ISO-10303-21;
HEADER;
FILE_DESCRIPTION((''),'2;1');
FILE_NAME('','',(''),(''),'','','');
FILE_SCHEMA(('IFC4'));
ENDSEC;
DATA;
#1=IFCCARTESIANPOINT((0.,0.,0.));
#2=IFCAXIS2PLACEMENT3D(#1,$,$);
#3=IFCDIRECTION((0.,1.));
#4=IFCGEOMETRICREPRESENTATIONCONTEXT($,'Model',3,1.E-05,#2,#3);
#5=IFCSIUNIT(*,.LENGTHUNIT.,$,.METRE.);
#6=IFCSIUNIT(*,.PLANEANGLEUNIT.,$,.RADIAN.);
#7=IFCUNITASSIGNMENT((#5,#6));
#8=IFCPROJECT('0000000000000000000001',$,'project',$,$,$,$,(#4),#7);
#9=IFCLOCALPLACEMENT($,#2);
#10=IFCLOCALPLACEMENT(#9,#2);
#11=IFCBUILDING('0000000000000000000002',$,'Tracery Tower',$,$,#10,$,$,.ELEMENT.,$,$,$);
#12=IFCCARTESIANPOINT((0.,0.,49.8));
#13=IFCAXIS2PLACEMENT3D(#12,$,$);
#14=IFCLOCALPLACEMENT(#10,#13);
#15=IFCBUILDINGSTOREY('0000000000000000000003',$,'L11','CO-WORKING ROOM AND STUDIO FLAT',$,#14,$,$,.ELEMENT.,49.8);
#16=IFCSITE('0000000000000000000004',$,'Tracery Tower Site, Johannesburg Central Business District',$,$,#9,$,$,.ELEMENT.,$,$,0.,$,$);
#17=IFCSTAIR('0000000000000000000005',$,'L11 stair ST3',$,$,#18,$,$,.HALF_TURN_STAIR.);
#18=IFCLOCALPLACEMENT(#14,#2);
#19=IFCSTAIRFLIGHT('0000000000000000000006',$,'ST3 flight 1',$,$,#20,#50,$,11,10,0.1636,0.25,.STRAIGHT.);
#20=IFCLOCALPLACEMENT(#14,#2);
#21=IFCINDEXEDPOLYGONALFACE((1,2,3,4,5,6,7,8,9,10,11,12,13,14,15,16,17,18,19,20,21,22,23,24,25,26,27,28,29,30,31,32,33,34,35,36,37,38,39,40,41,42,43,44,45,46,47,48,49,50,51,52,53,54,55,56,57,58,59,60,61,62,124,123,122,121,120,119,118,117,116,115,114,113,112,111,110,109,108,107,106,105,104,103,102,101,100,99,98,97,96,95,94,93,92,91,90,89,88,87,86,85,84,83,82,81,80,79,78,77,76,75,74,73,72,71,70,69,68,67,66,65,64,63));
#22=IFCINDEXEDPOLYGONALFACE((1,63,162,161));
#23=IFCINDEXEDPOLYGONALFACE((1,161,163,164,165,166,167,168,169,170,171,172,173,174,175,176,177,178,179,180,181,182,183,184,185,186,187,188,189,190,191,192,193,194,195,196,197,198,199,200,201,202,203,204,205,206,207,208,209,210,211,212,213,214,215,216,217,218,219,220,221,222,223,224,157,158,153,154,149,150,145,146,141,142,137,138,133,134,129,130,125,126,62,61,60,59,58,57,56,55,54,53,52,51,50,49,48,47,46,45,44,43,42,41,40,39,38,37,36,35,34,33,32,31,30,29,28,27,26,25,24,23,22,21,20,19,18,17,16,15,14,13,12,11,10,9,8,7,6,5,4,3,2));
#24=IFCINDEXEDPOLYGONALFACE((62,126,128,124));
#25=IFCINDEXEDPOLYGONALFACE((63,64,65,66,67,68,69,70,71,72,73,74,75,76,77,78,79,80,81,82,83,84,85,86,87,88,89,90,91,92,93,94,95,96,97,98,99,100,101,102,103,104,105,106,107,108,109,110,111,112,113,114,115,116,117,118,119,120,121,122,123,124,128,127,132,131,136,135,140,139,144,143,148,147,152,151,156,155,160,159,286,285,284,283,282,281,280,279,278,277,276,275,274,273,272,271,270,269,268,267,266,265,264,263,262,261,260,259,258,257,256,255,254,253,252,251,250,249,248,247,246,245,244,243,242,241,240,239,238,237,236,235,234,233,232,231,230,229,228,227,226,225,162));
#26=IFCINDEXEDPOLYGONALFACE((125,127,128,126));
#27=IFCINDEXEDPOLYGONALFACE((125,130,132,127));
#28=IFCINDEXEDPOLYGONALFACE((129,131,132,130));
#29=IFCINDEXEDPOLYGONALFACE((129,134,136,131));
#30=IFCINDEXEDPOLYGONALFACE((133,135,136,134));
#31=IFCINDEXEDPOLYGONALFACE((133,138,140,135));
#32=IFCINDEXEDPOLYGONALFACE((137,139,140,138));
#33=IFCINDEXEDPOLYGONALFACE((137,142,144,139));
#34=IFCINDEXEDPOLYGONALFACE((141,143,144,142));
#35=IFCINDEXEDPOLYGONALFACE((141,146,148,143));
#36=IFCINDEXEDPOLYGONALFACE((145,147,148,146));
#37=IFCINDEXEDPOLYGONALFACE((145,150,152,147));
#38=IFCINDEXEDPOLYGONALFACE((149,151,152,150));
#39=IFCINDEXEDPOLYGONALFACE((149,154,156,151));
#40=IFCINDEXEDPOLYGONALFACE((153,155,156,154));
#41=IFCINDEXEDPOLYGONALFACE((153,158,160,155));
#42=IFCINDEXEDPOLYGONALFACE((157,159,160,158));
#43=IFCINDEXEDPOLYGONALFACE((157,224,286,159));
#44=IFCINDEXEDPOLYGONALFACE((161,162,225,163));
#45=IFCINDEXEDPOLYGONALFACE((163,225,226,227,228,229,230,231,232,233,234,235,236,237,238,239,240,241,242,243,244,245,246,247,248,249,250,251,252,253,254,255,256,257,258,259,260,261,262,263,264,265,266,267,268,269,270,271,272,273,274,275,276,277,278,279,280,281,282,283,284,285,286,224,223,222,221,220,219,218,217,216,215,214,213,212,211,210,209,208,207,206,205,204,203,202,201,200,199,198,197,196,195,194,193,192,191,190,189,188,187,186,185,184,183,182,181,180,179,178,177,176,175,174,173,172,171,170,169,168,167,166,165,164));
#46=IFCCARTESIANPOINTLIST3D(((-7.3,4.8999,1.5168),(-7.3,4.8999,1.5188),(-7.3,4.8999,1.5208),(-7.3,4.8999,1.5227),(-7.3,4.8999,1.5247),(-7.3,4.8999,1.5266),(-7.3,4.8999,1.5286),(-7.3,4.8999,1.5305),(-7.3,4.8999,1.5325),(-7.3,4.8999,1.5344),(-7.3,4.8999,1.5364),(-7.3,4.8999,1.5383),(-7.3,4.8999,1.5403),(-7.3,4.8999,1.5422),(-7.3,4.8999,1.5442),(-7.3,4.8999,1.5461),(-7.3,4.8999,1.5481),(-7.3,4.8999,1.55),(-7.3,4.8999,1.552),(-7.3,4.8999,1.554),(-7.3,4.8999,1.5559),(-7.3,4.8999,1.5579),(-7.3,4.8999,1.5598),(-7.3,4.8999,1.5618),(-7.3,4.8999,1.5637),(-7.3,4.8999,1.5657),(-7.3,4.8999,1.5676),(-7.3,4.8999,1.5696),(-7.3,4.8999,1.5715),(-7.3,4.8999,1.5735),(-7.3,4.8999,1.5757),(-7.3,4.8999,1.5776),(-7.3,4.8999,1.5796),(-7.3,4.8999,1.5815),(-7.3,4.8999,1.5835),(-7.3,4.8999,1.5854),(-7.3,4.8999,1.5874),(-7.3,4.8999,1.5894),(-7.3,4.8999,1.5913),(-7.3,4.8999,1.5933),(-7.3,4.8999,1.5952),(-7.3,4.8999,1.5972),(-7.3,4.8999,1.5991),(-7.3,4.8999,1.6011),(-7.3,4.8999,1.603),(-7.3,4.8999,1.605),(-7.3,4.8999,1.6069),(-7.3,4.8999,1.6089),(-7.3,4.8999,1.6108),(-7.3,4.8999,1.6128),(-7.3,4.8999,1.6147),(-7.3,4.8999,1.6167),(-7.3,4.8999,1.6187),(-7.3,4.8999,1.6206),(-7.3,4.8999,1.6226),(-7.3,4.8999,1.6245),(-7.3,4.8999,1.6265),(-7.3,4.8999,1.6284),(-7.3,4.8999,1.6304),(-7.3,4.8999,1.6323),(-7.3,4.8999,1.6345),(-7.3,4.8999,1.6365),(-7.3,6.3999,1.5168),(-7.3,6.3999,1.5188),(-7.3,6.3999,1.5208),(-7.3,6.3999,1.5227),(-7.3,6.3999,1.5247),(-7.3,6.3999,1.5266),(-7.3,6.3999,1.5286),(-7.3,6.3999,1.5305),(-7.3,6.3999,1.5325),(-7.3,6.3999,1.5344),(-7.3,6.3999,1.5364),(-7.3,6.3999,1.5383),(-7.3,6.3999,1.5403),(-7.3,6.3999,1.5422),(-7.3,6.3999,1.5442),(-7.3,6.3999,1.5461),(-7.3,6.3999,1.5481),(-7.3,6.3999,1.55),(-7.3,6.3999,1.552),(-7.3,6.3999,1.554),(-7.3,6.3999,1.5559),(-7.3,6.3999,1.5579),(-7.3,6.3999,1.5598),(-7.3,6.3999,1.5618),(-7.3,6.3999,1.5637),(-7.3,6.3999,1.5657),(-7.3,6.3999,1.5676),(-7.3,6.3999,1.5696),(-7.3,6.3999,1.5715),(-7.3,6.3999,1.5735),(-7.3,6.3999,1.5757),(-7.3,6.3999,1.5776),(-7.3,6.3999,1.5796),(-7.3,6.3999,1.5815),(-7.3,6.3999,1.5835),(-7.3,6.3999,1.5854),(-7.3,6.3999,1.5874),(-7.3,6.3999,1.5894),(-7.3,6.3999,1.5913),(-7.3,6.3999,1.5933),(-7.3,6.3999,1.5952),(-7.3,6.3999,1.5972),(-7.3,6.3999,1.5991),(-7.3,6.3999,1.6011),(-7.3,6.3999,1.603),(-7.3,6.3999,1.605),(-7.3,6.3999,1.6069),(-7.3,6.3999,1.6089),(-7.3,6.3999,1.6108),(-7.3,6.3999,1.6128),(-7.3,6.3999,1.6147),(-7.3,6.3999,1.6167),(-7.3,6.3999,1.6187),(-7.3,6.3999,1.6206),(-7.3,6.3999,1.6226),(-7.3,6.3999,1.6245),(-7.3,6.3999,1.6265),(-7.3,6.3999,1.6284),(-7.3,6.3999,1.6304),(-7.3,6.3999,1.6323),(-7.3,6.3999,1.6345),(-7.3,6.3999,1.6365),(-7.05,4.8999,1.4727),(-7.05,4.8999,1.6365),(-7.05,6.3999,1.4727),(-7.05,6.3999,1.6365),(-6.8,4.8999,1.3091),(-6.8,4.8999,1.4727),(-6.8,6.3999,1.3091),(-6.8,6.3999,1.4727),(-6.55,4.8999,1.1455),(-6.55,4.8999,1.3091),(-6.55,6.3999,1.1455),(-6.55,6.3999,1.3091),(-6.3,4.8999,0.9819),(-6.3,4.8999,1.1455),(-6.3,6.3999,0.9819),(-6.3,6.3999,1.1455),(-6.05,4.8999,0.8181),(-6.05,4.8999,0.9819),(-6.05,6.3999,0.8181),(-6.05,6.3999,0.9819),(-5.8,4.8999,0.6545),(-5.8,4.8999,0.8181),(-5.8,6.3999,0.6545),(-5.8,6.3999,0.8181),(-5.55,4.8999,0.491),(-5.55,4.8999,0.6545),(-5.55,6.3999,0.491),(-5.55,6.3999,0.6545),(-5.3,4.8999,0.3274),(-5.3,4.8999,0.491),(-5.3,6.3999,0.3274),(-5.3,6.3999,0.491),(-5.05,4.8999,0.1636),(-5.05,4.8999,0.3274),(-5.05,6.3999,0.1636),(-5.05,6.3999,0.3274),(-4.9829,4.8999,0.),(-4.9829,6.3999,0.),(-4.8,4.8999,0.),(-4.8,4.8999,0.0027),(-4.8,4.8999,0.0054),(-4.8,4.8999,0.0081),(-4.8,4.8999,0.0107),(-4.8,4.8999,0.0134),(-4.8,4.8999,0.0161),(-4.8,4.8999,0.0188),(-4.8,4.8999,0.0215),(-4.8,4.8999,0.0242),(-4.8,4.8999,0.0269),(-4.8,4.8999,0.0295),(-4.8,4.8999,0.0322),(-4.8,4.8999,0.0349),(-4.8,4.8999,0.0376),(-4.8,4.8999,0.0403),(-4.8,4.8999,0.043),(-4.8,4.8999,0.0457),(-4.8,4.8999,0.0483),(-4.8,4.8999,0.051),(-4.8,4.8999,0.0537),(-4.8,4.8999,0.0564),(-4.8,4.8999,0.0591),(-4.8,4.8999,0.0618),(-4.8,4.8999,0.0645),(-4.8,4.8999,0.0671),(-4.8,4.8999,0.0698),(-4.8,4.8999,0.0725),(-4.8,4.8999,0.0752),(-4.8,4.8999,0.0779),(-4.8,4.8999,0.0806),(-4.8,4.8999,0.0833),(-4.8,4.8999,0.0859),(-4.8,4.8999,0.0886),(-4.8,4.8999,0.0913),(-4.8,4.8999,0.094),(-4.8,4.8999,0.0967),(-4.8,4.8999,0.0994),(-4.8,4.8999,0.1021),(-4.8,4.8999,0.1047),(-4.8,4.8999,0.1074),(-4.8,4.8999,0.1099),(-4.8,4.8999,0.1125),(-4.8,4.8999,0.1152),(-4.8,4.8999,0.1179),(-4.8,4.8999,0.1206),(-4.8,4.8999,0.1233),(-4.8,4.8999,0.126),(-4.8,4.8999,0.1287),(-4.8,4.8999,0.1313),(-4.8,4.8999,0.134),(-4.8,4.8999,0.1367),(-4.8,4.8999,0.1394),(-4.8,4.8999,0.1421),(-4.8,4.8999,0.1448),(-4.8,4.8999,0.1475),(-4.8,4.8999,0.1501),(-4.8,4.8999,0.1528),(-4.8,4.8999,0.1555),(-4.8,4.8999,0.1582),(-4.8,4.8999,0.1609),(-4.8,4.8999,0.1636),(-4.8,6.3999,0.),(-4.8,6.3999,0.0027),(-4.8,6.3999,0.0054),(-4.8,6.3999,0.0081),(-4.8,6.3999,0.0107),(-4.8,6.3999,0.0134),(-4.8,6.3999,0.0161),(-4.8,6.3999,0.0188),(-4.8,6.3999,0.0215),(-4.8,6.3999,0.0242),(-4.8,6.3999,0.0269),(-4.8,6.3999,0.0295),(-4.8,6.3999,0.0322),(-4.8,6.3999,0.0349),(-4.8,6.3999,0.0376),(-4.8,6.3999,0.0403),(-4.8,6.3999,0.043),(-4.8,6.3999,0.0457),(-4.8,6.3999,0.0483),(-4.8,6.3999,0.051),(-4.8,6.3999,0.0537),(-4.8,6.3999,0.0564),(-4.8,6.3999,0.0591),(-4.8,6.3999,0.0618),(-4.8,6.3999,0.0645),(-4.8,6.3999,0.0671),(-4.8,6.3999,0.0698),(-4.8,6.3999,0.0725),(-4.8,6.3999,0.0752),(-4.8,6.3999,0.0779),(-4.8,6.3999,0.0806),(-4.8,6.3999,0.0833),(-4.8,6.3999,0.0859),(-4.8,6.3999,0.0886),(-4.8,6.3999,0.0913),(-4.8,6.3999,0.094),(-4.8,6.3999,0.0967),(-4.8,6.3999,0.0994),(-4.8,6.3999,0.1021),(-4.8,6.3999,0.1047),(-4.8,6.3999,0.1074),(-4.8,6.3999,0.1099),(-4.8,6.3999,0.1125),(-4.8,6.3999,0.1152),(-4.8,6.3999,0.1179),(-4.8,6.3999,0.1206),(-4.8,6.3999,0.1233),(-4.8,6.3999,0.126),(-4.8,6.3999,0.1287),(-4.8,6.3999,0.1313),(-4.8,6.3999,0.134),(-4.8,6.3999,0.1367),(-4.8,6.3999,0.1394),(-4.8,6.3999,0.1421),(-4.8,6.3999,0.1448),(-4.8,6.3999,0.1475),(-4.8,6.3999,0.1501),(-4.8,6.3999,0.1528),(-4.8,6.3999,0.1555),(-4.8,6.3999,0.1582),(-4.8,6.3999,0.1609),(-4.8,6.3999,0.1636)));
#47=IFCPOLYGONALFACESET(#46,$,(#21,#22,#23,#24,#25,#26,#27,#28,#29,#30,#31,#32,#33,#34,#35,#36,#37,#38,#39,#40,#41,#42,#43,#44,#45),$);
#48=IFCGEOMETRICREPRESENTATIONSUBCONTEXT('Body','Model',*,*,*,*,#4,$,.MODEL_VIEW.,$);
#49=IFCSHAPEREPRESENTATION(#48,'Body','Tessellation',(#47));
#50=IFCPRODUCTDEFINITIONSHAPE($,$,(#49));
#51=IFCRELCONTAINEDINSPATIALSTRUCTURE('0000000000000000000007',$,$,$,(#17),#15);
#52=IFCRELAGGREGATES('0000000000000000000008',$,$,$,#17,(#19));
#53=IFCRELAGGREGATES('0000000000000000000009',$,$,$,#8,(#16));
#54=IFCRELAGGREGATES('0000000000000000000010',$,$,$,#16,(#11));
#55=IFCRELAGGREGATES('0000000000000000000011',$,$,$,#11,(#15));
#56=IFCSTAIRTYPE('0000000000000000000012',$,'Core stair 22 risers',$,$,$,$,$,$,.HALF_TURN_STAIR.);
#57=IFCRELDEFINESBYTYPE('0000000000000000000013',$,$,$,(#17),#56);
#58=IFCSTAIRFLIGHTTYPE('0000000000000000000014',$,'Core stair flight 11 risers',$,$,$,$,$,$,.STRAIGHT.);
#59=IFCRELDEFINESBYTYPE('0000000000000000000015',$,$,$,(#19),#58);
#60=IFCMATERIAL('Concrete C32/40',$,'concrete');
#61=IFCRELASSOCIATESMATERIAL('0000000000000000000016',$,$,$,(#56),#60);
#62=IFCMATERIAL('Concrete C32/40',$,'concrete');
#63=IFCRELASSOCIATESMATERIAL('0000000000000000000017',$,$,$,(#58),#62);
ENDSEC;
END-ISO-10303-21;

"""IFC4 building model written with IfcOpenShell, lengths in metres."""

from ifc_helpers import new_model, si_unit, direction, frame, origin, place, context, subcontext, project, spatial, polyline, outline, extrude, material, type_object, element, aggregate, save


model = new_model("IFC4")

# Units and contexts
model_context = context("Model", 3, precision=1e-05, world=origin(), true_north=direction((0.0, 1.0)))
body_context = subcontext(model_context, "Body", "Model", "MODEL_VIEW")
ifc_project = project(units=[si_unit("LENGTHUNIT", "METRE"), si_unit("PLANEANGLEUNIT", "RADIAN")], contexts=[model_context])

# Site, building, storey
site_placement = place(None, origin())
site = spatial("IfcSite", under=ifc_project, at=site_placement, Name="Tracery Tower Site, Johannesburg Central Business District", CompositionType="ELEMENT", RefElevation=0.0)
building_placement = place(site_placement, origin())
building = spatial("IfcBuilding", under=site, at=building_placement, Name="Tracery Tower", CompositionType="ELEMENT")
storey_placement = place(building_placement, frame((0.0, 0.0, 49.8)))
storey = spatial("IfcBuildingStorey", under=building, at=storey_placement, Name="L11", Description="CO-WORKING ROOM AND STUDIO FLAT", CompositionType="ELEMENT", Elevation=49.8)

# Stair, stair flight
ifc_material_1 = material(Name="Concrete C32/40", Category="concrete")
stair_type = type_object("IfcStairType", Name="Core stair 22 risers", PredefinedType="HALF_TURN_STAIR", material=ifc_material_1)
stair_placement = place(storey_placement, origin())
stair = element("IfcStair", 1, at=stair_placement, inside=storey, type_object=stair_type, Name="L11 stair ST3", PredefinedType="HALF_TURN_STAIR")
ifc_material_2 = material(Name="Concrete C32/40", Category="concrete")
stair_flight_type = type_object("IfcStairFlightType", Name="Core stair flight 11 risers", PredefinedType="STRAIGHT", material=ifc_material_2)
stair_flight_1_placement = place(storey_placement, frame((-4.8, 5.6499, 0.0), z_axis=(0.0, 0.0, 1.0), x_axis=(-1.0, 0.0, 0.0)))
stair_flight_1 = element("IfcStairFlight", 2, at=stair_flight_1_placement, type_object=stair_flight_type, Name="ST3 flight 1", NumberOfRisers=11, NumberOfTreads=10, PredefinedType="STRAIGHT", RiserHeight=0.1636, TreadLength=0.25, context=body_context, shape_type="SweptSolid", body=[
    extrude(outline(polyline([(0.0, 0.0), (0.0, 0.0027), (0.0, 0.0054), (0.0, 0.0081), (0.0, 0.0107), (0.0, 0.0134), (0.0, 0.0161), (0.0, 0.0188), (0.0, 0.0215), (0.0, 0.0242), (0.0, 0.0269), (0.0, 0.0295), (0.0, 0.0322), (0.0, 0.0349), (0.0, 0.0376), (0.0, 0.0403), (0.0, 0.043), (0.0, 0.0457), (0.0, 0.0483), (0.0, 0.051), (0.0, 0.0537), (0.0, 0.0564), (0.0, 0.0591), (0.0, 0.0618), (0.0, 0.0645), (0.0, 0.0671), (0.0, 0.0698), (0.0, 0.0725), (0.0, 0.0752), (0.0, 0.0779), (0.0, 0.0806), (0.0, 0.0833), (0.0, 0.0859), (0.0, 0.0886), (0.0, 0.0913), (0.0, 0.094), (0.0, 0.0967), (0.0, 0.0994), (0.0, 0.1021), (0.0, 0.1047), (0.0, 0.1074), (0.0, 0.1099), (0.0, 0.1125), (0.0, 0.1152), (0.0, 0.1179), (0.0, 0.1206), (0.0, 0.1233), (0.0, 0.126), (0.0, 0.1287), (0.0, 0.1313), (0.0, 0.134), (0.0, 0.1367), (0.0, 0.1394), (0.0, 0.1421), (0.0, 0.1448), (0.0, 0.1475), (0.0, 0.1501), (0.0, 0.1528), (0.0, 0.1555), (0.0, 0.1582), (0.0, 0.1609), (0.0, 0.1636), (0.25, 0.1636), (0.25, 0.3274), (0.5, 0.3274), (0.5, 0.491), (0.75, 0.491), (0.75, 0.6545), (1.0, 0.6545), (1.0, 0.8181), (1.25, 0.8181), (1.25, 0.9819), (1.5, 0.9819), (1.5, 1.1455), (1.75, 1.1455), (1.75, 1.3091), (2.0, 1.3091), (2.0, 1.4727), (2.25, 1.4727), (2.25, 1.6365), (2.5, 1.6365), (2.5, 1.6345), (2.5, 1.6323), (2.5, 1.6304), (2.5, 1.6284), (2.5, 1.6265), (2.5, 1.6245), (2.5, 1.6226), (2.5, 1.6206), (2.5, 1.6187), (2.5, 1.6167), (2.5, 1.6147), (2.5, 1.6128), (2.5, 1.6108), (2.5, 1.6089), (2.5, 1.6069), (2.5, 1.605), (2.5, 1.603), (2.5, 1.6011), (2.5, 1.5991), (2.5, 1.5972), (2.5, 1.5952), (2.5, 1.5933), (2.5, 1.5913), (2.5, 1.5894), (2.5, 1.5874), (2.5, 1.5854), (2.5, 1.5835), (2.5, 1.5815), (2.5, 1.5796), (2.5, 1.5776), (2.5, 1.5757), (2.5, 1.5735), (2.5, 1.5715), (2.5, 1.5696), (2.5, 1.5676), (2.5, 1.5657), (2.5, 1.5637), (2.5, 1.5618), (2.5, 1.5598), (2.5, 1.5579), (2.5, 1.5559), (2.5, 1.554), (2.5, 1.552), (2.5, 1.55), (2.5, 1.5481), (2.5, 1.5461), (2.5, 1.5442), (2.5, 1.5422), (2.5, 1.5403), (2.5, 1.5383), (2.5, 1.5364), (2.5, 1.5344), (2.5, 1.5325), (2.5, 1.5305), (2.5, 1.5286), (2.5, 1.5266), (2.5, 1.5247), (2.5, 1.5227), (2.5, 1.5208), (2.5, 1.5188), (2.5, 1.5168), (0.1829, 0.0), (0.0, 0.0)])), frame((0.0, 0.75, 0.0), z_axis=(0.0, -1.0, 0.0), x_axis=(1.0, 0.0, 0.0)), (0.0, 0.0, 1.0), 1.5),
])
aggregate(stair, [stair_flight_1])

save(model, "model.ifc")
